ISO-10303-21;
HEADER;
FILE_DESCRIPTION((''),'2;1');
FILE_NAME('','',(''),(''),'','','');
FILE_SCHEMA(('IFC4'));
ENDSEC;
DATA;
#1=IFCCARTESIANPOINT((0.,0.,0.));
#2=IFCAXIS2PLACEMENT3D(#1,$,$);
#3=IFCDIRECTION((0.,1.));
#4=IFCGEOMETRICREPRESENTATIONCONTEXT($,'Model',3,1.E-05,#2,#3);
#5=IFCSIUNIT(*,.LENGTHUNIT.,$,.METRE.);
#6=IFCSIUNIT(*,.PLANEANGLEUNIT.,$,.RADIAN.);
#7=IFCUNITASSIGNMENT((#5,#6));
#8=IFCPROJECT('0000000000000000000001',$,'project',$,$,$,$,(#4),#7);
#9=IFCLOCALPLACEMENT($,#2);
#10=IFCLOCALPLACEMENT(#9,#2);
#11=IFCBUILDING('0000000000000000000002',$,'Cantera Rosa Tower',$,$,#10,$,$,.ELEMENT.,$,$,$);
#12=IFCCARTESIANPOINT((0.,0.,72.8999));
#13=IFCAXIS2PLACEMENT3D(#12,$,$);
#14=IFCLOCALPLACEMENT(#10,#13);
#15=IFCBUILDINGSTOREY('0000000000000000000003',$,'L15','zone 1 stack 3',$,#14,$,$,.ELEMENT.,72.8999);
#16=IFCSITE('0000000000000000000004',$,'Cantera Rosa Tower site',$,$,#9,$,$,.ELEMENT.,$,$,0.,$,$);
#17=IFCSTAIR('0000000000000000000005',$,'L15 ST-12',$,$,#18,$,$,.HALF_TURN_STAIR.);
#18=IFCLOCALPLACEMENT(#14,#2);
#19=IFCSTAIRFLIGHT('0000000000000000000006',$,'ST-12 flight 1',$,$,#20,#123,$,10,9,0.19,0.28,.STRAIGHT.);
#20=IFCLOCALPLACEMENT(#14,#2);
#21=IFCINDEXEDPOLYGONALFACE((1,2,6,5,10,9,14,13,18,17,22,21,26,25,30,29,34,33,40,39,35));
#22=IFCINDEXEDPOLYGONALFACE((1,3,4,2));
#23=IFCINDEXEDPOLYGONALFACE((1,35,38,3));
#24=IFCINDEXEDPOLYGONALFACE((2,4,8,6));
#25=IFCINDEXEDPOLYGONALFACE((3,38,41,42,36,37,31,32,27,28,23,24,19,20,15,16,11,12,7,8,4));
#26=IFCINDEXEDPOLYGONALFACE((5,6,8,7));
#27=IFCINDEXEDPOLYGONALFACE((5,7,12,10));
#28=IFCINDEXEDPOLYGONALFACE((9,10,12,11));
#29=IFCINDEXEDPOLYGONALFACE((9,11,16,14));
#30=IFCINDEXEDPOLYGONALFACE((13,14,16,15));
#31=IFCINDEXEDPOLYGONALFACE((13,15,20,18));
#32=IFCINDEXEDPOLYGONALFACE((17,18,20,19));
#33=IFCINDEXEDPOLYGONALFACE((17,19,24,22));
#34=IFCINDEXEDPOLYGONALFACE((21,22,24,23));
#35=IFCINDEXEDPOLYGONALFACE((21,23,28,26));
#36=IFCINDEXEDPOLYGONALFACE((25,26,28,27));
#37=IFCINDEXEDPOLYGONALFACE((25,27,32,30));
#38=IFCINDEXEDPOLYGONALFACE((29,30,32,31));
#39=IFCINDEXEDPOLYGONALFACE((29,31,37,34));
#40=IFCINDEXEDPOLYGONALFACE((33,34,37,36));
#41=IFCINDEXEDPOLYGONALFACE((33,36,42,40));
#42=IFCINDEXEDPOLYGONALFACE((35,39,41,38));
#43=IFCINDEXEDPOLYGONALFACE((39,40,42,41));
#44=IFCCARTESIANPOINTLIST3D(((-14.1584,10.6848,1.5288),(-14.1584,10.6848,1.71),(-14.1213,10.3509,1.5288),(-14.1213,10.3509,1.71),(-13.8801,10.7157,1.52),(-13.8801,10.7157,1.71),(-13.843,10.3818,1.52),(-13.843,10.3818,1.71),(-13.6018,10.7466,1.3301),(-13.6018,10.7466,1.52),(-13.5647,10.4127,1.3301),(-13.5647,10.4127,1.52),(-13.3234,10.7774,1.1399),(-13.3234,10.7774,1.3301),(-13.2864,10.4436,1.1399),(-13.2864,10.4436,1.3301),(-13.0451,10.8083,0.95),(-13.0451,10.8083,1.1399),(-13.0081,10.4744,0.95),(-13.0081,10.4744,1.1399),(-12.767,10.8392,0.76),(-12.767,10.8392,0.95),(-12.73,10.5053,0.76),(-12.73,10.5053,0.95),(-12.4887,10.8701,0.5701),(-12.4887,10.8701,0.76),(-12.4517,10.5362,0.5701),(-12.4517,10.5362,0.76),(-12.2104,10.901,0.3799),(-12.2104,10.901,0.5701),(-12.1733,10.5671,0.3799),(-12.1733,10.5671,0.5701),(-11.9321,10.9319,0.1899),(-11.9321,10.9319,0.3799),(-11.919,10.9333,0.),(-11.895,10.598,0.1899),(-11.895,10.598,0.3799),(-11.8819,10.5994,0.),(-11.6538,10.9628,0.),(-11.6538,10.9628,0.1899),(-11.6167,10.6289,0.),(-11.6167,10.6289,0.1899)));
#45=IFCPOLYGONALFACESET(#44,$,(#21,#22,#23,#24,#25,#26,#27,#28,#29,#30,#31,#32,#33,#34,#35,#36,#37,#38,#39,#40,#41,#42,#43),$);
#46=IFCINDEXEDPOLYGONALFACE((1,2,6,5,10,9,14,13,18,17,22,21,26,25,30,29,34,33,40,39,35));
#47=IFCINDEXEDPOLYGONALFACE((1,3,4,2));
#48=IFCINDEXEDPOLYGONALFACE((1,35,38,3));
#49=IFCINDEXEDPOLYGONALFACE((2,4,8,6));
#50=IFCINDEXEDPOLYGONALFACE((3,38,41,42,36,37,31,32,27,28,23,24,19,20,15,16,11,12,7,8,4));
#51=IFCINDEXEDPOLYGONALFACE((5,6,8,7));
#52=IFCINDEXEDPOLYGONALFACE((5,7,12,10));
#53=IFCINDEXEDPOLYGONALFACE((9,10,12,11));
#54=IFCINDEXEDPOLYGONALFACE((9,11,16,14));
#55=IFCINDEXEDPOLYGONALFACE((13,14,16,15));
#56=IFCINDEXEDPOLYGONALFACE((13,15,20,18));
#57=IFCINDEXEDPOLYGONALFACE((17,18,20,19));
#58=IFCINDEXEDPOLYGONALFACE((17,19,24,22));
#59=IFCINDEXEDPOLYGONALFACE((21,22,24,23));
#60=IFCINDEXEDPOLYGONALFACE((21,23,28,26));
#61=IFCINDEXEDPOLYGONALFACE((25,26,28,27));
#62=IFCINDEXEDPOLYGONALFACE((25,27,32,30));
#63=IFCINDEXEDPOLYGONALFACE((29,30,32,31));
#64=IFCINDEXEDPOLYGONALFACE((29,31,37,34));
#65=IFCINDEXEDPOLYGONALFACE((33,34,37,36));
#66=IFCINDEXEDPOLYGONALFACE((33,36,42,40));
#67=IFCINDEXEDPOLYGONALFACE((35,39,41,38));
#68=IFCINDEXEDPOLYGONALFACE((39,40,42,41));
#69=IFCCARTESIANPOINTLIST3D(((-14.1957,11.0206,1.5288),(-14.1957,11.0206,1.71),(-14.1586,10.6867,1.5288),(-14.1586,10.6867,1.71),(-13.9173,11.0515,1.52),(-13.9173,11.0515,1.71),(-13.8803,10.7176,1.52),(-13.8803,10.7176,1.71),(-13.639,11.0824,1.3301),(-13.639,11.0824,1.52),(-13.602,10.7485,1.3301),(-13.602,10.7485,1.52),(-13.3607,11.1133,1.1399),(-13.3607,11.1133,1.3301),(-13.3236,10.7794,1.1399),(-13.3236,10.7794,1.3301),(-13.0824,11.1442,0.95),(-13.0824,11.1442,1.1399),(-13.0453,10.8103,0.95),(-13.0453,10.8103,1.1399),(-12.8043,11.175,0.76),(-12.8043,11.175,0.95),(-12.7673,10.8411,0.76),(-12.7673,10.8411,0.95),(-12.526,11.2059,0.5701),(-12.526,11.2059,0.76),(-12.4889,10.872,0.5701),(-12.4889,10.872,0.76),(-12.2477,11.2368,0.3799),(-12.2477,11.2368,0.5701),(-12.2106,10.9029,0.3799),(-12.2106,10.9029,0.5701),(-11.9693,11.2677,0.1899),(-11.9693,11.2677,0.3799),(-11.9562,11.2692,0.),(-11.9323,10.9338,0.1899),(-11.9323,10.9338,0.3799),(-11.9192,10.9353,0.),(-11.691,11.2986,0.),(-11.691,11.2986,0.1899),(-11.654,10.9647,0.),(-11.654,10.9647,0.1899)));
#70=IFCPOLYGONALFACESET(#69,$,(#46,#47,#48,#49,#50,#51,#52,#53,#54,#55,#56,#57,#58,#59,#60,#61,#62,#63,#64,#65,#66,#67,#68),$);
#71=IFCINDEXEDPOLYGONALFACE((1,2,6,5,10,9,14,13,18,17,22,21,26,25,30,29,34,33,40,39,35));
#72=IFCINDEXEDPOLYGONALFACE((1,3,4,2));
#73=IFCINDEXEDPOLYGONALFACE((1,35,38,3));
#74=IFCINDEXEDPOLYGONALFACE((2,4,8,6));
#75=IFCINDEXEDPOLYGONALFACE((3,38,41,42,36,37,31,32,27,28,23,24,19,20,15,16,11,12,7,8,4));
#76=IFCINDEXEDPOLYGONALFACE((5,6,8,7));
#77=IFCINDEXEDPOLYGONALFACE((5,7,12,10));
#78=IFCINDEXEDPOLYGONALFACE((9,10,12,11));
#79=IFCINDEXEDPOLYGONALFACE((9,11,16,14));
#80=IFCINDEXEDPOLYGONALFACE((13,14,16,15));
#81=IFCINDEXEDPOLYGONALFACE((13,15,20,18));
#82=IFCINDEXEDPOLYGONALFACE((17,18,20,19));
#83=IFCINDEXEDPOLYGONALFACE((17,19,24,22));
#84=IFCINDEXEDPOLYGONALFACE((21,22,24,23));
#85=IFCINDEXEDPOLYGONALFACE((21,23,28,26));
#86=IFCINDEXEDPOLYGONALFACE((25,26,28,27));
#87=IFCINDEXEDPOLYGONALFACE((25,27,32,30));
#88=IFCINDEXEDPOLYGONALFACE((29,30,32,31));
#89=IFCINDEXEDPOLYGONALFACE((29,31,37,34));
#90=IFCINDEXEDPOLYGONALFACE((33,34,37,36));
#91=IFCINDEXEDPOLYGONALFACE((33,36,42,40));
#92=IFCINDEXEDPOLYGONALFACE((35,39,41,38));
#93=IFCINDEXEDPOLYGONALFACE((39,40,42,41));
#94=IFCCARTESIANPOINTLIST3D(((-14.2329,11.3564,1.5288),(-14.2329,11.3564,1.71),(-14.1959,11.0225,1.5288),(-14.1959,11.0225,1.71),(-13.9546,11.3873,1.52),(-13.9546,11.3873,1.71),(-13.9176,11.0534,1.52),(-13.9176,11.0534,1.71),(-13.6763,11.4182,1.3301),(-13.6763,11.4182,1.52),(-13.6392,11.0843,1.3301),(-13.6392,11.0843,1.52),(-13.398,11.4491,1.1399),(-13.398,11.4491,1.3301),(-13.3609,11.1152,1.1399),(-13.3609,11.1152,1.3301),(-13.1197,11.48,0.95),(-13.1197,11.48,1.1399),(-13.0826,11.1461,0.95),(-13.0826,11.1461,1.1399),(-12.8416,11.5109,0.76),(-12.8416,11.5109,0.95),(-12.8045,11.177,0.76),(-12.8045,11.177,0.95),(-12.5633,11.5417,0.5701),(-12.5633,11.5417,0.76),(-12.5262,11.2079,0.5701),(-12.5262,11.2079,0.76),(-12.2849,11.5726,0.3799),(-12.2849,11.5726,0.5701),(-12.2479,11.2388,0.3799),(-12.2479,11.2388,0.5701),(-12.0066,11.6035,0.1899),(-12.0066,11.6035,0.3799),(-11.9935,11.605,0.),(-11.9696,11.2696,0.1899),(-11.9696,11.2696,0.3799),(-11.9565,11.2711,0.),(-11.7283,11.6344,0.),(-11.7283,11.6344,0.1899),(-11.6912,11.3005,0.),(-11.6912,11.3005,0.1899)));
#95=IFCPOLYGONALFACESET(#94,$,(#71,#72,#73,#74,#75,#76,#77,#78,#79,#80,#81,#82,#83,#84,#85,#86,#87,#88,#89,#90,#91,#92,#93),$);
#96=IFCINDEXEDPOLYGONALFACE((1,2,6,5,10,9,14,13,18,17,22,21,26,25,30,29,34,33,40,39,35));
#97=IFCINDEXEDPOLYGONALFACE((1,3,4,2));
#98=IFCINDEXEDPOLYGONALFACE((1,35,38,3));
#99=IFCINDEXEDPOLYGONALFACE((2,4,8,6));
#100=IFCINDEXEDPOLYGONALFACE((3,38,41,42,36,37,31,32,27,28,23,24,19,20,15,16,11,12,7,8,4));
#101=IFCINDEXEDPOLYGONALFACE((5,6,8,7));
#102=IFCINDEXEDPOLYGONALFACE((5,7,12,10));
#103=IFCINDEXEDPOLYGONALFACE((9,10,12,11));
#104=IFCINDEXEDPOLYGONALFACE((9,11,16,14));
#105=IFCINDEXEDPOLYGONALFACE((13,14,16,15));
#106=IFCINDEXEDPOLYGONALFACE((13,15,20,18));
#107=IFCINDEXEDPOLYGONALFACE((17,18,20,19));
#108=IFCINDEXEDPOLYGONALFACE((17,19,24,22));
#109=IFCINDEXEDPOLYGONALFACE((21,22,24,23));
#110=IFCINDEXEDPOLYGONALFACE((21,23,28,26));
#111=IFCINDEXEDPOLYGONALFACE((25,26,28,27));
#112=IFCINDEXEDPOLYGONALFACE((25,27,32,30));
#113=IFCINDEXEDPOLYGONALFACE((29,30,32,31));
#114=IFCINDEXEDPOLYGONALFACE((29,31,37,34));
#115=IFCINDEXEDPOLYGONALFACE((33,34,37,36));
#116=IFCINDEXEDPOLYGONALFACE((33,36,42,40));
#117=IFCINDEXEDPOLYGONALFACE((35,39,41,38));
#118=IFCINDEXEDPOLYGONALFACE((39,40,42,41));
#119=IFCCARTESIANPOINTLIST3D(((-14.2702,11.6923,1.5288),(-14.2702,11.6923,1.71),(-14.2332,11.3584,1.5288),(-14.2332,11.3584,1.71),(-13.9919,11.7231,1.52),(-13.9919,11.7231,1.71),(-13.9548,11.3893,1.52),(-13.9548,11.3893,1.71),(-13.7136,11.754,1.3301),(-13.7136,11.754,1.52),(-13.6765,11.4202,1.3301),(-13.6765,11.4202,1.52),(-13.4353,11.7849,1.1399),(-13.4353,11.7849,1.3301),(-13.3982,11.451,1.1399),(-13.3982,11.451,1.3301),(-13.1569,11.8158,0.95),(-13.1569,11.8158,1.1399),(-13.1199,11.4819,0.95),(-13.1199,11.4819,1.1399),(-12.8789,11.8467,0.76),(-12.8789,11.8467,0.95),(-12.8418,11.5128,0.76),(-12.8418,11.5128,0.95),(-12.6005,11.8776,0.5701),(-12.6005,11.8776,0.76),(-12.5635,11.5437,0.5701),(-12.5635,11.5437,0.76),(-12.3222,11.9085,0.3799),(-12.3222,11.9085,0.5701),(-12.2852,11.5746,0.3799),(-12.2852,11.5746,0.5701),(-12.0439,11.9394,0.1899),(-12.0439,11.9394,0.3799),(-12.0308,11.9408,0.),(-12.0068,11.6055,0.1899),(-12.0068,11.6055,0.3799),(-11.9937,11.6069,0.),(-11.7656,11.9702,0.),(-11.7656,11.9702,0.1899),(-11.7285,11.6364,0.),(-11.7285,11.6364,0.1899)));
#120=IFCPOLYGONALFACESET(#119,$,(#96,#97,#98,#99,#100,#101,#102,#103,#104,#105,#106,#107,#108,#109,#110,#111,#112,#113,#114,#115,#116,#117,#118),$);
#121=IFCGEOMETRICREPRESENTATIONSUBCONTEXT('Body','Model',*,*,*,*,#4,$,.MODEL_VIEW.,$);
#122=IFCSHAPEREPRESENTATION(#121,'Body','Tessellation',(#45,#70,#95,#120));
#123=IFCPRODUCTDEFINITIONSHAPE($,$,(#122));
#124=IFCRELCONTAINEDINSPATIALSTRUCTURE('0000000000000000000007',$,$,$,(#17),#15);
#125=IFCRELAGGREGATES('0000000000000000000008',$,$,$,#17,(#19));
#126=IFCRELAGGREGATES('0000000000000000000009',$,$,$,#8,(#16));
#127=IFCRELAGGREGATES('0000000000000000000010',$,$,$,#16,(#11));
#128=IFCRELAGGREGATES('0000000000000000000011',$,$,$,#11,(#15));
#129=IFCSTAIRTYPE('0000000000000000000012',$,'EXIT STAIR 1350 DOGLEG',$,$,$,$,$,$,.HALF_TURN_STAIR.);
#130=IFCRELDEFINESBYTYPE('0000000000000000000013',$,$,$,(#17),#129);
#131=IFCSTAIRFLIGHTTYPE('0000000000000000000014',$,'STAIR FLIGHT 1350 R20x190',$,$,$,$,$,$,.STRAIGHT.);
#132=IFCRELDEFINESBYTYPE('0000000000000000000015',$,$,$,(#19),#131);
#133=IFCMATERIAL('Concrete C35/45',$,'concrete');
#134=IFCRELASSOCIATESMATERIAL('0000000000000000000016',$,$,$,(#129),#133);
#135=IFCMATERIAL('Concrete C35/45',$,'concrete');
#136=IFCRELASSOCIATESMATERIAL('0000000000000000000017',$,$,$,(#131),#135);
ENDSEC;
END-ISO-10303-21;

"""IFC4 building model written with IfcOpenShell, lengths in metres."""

from ifc_helpers import new_model, si_unit, direction, frame, origin, place, context, subcontext, project, spatial, polyline, outline, extrude, material, type_object, element, aggregate, save


model = new_model("IFC4")

# Units and contexts
model_context = context("Model", 3, precision=1e-05, world=origin(), true_north=direction((0.0, 1.0)))
body_context = subcontext(model_context, "Body", "Model", "MODEL_VIEW")
ifc_project = project(units=[si_unit("LENGTHUNIT", "METRE"), si_unit("PLANEANGLEUNIT", "RADIAN")], contexts=[model_context])

# Site, building, storey
site_placement = place(None, origin())
site = spatial("IfcSite", under=ifc_project, at=site_placement, Name="Cantera Rosa Tower site", CompositionType="ELEMENT", RefElevation=0.0)
building_placement = place(site_placement, origin())
building = spatial("IfcBuilding", under=site, at=building_placement, Name="Cantera Rosa Tower", CompositionType="ELEMENT")
storey_placement = place(building_placement, frame((0.0, 0.0, 72.8999)))
storey = spatial("IfcBuildingStorey", under=building, at=storey_placement, Name="L15", Description="zone 1 stack 3", CompositionType="ELEMENT", Elevation=72.8999)

# Stair, stair flight
ifc_material_1 = material(Name="Concrete C35/45", Category="concrete")
stair_type = type_object("IfcStairType", Name="EXIT STAIR 1350 DOGLEG", PredefinedType="HALF_TURN_STAIR", material=ifc_material_1)
stair_placement = place(storey_placement, origin())
stair = element("IfcStair", 1, at=stair_placement, inside=storey, type_object=stair_type, Name="L15 ST-12", PredefinedType="HALF_TURN_STAIR")
ifc_material_2 = material(Name="Concrete C35/45", Category="concrete")
stair_flight_type = type_object("IfcStairFlightType", Name="STAIR FLIGHT 1350 R20x190", PredefinedType="STRAIGHT", material=ifc_material_2)
stair_flight_1_placement = place(storey_placement, frame((-11.6912, 11.2998, 0.0), z_axis=(0.0, 0.0, 1.0), x_axis=(-0.993897, -0.110313, 0.0)))
stair_flight_1 = element("IfcStairFlight", 2, at=stair_flight_1_placement, type_object=stair_flight_type, Name="ST-12 flight 1", NumberOfRisers=10, NumberOfTreads=9, PredefinedType="STRAIGHT", RiserHeight=0.19, TreadLength=0.28, context=body_context, shape_type="SweptSolid", body=[
    extrude(outline(polyline([(0.0, 0.0), (0.0, 0.1899), (0.28, 0.1899), (0.28, 0.3799), (0.5601, 0.3799), (0.5601, 0.5701), (0.8401, 0.5701), (0.8401, 0.76), (1.1201, 0.76), (1.1201, 0.95), (1.3999, 0.95), (1.3999, 1.1399), (1.6799, 1.1399), (1.6799, 1.3301), (1.96, 1.3301), (1.96, 1.52), (2.24, 1.52), (2.24, 1.71), (2.52, 1.71), (2.52, 1.8999), (2.52, 1.5288), (0.2668, 0.0), (0.0, 0.0)])), frame((0.0, 0.675, 0.0), z_axis=(0.0, -1.0, 0.0), x_axis=(1.0, 0.0, 0.0)), (0.0, 0.0, 1.0), 0.3359),
    extrude(outline(polyline([(0.0, 0.0), (0.0, 0.1899), (0.28, 0.1899), (0.28, 0.3799), (0.5601, 0.3799), (0.5601, 0.5701), (0.8401, 0.5701), (0.8401, 0.76), (1.1201, 0.76), (1.1201, 0.95), (1.3999, 0.95), (1.3999, 1.1399), (1.6799, 1.1399), (1.6799, 1.3301), (1.96, 1.3301), (1.96, 1.52), (2.24, 1.52), (2.24, 1.71), (2.52, 1.71), (2.52, 1.8999), (2.52, 1.5288), (0.2668, 0.0), (0.0, 0.0)])), frame((0.0, 0.3372, 0.0), z_axis=(0.0, -1.0, 0.0), x_axis=(1.0, 0.0, 0.0)), (0.0, 0.0, 1.0), 0.3359),
    extrude(outline(polyline([(0.0, 0.0), (0.0, 0.1899), (0.28, 0.1899), (0.28, 0.3799), (0.5601, 0.3799), (0.5601, 0.5701), (0.8401, 0.5701), (0.8401, 0.76), (1.1201, 0.76), (1.1201, 0.95), (1.3999, 0.95), (1.3999, 1.1399), (1.6799, 1.1399), (1.6799, 1.3301), (1.96, 1.3301), (1.96, 1.52), (2.24, 1.52), (2.24, 1.71), (2.52, 1.71), (2.52, 1.8999), (2.52, 1.5288), (0.2668, 0.0), (0.0, 0.0)])), frame((0.0, -0.0007, 0.0), z_axis=(0.0, -1.0, 0.0), x_axis=(1.0, 0.0, 0.0)), (0.0, 0.0, 1.0), 0.3359),
    extrude(outline(polyline([(0.0, 0.0), (0.0, 0.1899), (0.28, 0.1899), (0.28, 0.3799), (0.5601, 0.3799), (0.5601, 0.5701), (0.8401, 0.5701), (0.8401, 0.76), (1.1201, 0.76), (1.1201, 0.95), (1.3999, 0.95), (1.3999, 1.1399), (1.6799, 1.1399), (1.6799, 1.3301), (1.96, 1.3301), (1.96, 1.52), (2.24, 1.52), (2.24, 1.71), (2.52, 1.71), (2.52, 1.8999), (2.52, 1.5288), (0.2668, 0.0), (0.0, 0.0)])), frame((0.0, -0.3386, 0.0), z_axis=(0.0, -1.0, 0.0), x_axis=(1.0, 0.0, 0.0)), (0.0, 0.0, 1.0), 0.3359),
])
aggregate(stair, [stair_flight_1])

save(model, "model.ifc")
